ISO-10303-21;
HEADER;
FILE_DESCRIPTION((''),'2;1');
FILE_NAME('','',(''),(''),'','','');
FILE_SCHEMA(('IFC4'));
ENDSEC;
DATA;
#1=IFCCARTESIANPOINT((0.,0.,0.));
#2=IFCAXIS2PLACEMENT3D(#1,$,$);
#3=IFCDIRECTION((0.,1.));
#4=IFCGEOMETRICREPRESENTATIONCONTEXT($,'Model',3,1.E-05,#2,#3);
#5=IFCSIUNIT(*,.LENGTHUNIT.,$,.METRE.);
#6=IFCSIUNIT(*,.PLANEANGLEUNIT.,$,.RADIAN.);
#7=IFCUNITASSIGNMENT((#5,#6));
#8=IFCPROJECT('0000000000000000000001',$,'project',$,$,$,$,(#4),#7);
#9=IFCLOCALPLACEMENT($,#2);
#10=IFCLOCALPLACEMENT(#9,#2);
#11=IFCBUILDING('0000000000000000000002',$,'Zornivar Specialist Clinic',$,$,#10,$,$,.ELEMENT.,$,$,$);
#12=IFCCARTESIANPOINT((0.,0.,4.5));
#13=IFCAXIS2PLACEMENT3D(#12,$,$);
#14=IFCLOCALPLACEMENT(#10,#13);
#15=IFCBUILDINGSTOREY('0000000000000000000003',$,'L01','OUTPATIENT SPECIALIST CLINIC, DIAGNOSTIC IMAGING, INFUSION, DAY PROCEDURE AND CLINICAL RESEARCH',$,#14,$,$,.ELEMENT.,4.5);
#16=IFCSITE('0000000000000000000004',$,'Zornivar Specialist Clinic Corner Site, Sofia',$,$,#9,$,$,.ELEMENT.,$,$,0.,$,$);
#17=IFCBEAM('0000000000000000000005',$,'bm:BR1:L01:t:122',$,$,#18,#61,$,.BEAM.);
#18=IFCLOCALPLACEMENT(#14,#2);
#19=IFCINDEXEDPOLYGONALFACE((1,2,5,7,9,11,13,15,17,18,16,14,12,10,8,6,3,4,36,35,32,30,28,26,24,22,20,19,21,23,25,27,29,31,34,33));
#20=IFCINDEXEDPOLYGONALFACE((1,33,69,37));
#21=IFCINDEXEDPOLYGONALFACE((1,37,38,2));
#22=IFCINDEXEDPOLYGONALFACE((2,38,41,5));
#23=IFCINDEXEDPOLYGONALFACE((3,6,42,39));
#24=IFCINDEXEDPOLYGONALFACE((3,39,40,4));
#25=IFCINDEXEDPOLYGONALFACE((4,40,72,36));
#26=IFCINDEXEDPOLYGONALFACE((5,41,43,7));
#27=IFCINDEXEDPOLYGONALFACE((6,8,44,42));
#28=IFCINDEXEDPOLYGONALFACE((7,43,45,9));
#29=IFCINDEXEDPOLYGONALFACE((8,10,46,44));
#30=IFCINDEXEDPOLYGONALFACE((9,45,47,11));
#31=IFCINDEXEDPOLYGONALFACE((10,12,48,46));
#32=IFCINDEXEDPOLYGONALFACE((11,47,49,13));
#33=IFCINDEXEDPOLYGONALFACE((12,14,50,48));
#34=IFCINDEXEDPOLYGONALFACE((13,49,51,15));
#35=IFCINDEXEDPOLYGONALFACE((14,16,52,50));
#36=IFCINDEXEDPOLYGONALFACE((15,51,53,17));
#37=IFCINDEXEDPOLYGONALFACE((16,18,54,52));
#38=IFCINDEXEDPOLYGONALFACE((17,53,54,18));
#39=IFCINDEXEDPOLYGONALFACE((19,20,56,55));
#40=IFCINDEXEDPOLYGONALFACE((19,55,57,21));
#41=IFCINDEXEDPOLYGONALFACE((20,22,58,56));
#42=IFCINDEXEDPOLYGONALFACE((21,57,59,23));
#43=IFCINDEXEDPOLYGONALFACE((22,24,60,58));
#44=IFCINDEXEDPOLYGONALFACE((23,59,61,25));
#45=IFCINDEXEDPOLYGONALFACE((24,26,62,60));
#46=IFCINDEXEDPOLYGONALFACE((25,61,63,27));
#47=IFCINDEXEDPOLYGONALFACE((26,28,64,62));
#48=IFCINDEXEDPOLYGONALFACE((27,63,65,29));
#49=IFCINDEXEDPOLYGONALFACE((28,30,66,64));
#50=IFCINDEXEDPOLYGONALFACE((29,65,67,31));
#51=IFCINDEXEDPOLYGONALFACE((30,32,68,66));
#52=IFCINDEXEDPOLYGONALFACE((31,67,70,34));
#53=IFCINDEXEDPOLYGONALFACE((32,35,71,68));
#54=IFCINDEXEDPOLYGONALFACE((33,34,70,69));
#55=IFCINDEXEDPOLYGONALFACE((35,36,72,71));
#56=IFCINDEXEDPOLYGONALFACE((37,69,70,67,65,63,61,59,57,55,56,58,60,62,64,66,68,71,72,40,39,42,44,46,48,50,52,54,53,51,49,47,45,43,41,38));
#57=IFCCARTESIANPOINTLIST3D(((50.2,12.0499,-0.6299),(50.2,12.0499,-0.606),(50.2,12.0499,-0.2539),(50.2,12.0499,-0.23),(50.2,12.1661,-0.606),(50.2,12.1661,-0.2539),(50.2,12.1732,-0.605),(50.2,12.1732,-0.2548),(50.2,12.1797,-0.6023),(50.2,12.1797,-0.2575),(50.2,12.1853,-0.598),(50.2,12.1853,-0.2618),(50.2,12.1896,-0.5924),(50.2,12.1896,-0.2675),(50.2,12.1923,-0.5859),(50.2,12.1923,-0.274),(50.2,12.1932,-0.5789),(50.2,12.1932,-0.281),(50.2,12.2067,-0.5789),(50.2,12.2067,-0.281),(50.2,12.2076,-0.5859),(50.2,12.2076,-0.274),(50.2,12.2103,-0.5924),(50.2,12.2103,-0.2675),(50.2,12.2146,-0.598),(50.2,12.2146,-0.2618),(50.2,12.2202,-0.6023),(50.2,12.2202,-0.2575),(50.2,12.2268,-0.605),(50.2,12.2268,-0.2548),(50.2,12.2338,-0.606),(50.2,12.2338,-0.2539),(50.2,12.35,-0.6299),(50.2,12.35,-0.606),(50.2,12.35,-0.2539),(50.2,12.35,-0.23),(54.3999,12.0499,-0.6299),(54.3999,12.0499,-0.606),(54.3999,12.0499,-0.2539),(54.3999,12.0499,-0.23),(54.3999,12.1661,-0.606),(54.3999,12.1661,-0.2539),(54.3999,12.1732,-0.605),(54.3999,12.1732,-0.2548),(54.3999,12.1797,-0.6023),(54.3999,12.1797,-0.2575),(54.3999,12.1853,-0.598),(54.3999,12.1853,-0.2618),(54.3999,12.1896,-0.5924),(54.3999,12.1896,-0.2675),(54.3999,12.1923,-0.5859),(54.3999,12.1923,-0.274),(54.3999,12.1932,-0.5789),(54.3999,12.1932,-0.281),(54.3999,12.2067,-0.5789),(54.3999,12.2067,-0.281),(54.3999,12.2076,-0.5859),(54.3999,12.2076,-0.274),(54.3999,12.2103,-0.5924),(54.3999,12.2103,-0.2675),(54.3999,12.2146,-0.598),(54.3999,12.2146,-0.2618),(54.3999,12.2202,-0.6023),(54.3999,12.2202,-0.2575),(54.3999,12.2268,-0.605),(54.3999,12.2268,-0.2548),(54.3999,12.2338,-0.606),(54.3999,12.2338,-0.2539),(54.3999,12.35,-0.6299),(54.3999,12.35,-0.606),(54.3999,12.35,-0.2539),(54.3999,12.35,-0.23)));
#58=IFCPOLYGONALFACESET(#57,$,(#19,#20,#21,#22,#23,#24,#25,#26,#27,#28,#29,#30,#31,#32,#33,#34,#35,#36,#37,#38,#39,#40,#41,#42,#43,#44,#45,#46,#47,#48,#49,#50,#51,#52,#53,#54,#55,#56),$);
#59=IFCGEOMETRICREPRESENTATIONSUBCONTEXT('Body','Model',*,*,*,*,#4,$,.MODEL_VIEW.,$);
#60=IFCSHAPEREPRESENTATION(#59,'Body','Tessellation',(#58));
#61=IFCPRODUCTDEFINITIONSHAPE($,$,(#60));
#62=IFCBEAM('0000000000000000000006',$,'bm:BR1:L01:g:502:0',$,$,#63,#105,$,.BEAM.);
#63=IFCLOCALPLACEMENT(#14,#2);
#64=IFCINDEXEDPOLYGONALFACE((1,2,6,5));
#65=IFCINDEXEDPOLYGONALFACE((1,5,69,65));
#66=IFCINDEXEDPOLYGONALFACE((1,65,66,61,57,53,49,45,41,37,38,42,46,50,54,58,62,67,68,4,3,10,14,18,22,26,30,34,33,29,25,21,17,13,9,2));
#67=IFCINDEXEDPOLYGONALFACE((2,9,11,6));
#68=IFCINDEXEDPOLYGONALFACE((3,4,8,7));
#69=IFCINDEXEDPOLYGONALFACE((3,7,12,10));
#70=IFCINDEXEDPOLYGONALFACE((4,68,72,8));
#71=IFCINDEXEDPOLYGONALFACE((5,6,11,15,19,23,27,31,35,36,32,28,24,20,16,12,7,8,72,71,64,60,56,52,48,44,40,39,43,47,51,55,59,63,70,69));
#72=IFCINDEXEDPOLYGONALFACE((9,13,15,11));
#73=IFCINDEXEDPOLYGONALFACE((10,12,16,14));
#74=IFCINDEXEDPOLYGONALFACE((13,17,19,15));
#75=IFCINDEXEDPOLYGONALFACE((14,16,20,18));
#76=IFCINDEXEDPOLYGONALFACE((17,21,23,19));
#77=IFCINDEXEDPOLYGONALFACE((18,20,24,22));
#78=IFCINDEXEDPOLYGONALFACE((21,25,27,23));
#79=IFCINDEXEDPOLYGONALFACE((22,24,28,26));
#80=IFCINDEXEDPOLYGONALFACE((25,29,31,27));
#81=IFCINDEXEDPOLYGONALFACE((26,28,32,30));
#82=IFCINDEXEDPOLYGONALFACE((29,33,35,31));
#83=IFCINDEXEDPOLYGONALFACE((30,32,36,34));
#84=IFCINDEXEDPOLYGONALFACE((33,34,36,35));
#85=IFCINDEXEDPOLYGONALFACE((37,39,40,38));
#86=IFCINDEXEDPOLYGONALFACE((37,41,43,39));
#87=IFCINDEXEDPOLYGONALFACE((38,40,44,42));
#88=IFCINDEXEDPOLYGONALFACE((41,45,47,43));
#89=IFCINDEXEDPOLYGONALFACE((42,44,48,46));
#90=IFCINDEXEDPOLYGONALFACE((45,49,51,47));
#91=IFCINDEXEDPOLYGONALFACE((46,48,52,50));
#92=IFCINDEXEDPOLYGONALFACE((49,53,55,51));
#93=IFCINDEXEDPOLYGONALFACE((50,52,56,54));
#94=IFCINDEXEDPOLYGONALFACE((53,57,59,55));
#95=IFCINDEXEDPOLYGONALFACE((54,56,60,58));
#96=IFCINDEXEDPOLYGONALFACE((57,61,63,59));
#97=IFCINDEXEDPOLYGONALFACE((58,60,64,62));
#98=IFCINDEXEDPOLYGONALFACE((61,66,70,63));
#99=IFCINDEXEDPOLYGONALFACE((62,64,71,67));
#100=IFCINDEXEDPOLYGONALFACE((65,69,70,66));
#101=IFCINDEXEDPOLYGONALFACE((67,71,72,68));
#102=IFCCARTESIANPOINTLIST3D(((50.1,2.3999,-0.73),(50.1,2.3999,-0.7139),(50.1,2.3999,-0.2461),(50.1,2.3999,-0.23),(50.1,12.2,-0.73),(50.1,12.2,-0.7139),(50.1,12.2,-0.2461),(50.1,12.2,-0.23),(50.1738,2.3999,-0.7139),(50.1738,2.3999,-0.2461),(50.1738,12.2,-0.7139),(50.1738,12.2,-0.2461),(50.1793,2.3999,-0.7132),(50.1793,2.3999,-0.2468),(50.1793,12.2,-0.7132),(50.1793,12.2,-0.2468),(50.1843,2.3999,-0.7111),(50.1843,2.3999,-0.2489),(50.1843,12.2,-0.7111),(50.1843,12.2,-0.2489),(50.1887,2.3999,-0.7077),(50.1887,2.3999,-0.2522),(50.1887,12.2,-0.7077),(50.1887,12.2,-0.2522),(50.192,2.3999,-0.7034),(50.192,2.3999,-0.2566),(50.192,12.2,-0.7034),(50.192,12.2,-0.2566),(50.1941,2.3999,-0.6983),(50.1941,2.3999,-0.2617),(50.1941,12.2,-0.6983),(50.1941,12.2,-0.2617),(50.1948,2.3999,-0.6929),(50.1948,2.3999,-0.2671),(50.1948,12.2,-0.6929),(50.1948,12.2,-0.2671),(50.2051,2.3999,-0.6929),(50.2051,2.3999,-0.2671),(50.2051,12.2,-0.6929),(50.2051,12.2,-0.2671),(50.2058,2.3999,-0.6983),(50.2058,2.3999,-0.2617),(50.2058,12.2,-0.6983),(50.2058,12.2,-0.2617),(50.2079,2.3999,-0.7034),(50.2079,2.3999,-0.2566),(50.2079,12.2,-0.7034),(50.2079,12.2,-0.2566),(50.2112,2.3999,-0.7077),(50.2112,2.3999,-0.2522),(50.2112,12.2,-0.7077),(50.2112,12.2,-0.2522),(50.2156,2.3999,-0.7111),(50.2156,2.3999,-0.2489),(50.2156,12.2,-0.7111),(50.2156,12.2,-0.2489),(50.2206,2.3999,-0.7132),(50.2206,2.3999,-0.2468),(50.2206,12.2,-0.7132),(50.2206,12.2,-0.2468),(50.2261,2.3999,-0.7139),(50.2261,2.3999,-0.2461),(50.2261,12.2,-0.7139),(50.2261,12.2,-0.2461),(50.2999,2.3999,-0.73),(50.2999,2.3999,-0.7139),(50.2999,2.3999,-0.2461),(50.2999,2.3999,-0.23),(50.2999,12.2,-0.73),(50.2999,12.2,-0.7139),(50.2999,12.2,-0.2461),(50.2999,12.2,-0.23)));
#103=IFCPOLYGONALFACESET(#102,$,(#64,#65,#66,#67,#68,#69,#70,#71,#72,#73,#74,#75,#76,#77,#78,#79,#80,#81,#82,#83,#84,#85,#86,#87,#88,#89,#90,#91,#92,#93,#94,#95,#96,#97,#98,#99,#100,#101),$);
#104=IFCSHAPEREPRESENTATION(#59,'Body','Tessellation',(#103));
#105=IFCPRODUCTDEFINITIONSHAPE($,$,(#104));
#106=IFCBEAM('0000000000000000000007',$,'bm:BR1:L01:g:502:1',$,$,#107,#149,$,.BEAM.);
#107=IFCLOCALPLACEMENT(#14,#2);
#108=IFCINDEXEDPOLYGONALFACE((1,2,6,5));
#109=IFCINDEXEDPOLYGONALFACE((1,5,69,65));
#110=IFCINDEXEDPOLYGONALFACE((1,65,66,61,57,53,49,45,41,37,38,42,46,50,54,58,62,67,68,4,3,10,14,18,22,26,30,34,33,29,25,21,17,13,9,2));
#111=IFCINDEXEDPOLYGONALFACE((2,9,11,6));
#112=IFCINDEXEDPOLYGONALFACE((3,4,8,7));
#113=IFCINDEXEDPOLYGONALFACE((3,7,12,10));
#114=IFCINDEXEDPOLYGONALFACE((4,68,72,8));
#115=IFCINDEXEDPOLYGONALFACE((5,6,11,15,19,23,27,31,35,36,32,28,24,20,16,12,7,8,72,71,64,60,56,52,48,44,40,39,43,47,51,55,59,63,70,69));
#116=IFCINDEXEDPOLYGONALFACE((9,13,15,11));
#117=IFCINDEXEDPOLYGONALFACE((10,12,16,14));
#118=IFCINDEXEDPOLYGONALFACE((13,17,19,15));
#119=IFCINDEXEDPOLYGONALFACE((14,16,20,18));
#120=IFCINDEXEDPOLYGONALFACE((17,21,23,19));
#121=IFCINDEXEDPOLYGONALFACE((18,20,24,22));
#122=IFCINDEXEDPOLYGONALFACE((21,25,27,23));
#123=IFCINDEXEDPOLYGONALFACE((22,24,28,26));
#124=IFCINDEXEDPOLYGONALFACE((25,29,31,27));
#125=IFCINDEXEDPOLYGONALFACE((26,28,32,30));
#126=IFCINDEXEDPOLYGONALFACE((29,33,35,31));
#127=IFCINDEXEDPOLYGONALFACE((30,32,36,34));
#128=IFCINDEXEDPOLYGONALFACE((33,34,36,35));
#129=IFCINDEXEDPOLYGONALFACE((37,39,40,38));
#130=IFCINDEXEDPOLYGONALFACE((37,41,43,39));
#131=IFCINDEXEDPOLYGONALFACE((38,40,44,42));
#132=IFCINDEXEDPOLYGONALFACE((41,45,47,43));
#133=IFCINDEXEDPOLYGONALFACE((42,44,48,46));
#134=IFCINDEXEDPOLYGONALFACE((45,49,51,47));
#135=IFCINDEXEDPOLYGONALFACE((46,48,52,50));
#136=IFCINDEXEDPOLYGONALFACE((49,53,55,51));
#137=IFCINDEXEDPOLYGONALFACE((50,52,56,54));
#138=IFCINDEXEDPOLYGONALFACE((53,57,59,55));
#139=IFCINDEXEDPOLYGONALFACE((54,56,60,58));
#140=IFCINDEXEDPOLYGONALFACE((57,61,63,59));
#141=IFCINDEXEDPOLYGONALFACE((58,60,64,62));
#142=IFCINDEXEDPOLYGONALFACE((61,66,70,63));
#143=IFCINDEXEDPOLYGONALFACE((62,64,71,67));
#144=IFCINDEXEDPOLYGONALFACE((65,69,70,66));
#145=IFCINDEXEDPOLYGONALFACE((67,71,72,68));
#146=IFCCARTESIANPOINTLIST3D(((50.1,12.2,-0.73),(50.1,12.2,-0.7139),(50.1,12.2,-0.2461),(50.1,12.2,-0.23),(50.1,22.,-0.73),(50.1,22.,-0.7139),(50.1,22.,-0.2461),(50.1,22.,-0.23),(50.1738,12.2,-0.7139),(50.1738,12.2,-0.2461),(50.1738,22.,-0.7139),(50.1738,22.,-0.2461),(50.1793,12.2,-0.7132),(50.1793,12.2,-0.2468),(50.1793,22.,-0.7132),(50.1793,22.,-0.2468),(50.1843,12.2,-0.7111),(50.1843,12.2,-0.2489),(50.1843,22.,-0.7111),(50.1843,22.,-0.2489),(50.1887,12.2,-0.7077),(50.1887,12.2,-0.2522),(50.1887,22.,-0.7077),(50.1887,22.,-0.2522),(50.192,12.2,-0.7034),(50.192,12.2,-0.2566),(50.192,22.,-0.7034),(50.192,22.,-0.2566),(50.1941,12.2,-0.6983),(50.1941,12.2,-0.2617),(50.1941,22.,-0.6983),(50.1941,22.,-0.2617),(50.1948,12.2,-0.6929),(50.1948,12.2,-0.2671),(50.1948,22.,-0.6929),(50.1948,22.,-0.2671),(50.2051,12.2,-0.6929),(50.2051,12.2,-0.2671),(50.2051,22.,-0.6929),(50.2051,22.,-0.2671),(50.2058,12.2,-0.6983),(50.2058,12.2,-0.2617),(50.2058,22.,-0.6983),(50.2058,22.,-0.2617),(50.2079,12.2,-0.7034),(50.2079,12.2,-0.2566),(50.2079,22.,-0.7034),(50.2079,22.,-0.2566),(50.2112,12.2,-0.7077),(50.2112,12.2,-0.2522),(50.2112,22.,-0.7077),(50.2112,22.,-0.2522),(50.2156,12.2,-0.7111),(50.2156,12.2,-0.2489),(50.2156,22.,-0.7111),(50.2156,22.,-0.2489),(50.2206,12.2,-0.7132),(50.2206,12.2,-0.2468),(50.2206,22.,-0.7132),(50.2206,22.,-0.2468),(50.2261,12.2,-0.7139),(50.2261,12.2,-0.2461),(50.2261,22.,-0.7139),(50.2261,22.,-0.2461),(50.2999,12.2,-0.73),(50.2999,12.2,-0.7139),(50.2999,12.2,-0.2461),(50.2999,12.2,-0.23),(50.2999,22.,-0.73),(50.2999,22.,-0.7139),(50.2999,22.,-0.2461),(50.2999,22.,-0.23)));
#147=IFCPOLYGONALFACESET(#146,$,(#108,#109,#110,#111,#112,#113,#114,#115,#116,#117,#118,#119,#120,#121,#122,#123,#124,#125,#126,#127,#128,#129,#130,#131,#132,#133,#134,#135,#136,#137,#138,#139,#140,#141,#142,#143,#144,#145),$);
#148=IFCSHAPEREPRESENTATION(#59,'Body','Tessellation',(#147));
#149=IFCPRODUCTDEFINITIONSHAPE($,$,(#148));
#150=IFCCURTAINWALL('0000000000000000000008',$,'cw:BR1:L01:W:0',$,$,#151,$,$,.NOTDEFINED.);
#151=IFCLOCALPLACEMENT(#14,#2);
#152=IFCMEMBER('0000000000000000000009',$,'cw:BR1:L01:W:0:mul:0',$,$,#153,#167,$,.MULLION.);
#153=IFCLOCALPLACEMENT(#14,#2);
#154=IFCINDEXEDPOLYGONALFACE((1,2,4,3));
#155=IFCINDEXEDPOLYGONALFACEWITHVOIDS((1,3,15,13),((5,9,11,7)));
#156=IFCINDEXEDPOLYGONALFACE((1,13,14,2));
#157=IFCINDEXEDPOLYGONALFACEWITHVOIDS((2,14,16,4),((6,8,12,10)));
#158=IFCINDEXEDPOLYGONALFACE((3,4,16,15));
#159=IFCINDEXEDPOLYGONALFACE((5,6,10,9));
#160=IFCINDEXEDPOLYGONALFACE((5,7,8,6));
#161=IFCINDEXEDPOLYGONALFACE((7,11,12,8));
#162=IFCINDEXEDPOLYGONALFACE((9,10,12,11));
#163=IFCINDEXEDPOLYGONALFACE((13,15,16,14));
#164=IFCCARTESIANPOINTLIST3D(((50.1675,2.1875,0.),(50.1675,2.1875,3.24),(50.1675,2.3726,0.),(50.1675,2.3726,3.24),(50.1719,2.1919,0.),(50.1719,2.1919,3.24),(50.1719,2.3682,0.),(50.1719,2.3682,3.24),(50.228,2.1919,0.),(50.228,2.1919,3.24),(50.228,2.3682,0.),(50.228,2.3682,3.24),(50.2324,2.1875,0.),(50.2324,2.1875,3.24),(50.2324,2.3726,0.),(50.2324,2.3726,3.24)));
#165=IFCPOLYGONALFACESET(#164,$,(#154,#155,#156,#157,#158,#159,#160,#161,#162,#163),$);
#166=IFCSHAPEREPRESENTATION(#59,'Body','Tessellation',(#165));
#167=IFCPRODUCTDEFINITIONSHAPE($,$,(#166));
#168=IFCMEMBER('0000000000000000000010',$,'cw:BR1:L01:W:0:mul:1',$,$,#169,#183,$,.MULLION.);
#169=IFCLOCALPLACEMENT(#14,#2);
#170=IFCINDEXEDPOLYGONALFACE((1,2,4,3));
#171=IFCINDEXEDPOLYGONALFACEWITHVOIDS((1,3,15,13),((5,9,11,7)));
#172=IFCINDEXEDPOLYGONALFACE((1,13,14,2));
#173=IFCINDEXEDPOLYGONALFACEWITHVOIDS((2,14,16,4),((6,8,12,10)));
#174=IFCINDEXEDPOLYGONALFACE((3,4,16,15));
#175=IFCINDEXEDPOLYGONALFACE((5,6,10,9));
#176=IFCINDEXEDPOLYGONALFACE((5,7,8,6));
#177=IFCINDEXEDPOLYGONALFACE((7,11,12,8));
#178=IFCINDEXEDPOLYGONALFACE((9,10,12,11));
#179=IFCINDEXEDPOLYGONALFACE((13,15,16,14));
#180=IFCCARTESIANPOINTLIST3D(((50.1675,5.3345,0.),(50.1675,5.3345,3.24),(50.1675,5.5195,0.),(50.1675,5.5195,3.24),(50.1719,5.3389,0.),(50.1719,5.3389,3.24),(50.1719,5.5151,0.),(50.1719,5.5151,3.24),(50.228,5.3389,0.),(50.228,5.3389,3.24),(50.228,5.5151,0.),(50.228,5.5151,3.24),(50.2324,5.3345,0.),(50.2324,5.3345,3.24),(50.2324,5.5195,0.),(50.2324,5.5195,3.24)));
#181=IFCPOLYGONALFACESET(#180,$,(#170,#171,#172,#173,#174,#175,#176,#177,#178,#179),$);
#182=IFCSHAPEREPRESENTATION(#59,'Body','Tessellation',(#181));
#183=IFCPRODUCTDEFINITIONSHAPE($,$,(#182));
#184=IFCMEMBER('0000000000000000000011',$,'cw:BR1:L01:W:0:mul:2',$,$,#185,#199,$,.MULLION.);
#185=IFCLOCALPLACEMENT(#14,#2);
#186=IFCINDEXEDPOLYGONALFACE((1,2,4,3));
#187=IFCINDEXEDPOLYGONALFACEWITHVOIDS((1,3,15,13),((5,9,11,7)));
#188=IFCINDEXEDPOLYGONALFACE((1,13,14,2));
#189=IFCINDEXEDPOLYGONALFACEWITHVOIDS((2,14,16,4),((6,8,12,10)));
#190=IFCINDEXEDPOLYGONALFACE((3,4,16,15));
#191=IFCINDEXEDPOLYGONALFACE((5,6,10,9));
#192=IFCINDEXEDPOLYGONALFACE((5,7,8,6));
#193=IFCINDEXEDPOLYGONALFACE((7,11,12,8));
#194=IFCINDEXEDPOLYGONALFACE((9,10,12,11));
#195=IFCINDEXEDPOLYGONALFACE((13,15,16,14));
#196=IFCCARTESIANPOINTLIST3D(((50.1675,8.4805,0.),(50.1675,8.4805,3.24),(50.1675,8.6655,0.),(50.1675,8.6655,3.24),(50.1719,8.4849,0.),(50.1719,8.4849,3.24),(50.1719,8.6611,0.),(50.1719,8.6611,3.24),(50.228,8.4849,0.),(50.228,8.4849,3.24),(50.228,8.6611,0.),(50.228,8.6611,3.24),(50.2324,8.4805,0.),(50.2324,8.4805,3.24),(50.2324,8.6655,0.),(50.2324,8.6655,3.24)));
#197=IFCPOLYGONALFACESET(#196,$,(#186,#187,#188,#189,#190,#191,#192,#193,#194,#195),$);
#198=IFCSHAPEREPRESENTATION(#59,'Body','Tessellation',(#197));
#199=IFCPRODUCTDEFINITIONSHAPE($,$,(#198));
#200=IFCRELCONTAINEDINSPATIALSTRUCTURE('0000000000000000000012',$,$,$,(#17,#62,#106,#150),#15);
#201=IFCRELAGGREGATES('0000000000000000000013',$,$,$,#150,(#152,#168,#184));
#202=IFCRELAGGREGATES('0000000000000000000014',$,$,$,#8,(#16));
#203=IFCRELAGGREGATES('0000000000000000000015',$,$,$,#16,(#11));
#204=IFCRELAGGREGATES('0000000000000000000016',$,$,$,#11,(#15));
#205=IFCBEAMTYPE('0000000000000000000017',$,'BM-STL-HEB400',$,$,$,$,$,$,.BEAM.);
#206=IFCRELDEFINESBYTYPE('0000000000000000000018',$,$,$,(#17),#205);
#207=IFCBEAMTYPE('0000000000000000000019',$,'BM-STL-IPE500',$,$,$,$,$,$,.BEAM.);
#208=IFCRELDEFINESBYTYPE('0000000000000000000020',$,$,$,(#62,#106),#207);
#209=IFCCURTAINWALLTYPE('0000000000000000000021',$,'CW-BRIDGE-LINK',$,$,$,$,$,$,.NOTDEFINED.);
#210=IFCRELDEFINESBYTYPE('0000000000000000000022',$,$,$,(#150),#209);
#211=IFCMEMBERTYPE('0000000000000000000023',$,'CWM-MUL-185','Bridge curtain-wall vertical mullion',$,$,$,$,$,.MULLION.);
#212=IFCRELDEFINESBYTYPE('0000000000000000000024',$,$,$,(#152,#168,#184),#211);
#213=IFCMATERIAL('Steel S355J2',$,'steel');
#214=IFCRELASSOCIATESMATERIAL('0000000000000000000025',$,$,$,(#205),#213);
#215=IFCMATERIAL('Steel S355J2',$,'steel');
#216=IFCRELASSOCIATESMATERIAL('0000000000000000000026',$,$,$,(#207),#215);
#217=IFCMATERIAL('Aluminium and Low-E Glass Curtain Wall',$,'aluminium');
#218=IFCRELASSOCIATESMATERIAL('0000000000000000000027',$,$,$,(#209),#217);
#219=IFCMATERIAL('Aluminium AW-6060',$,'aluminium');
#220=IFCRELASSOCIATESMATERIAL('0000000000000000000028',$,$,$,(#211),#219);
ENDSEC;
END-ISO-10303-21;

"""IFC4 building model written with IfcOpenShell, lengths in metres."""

from ifc_helpers import new_model, si_unit, direction, frame, origin, origin_2d, place, context, subcontext, project, spatial, hollow_rectangle, i_section, extrude, material, material_profile, profile_set, type_object, element, aggregate, save


model = new_model("IFC4")

# Units and contexts
model_context = context("Model", 3, precision=1e-05, world=origin(), true_north=direction((0.0, 1.0)))
body_context = subcontext(model_context, "Body", "Model", "MODEL_VIEW")
ifc_project = project(units=[si_unit("LENGTHUNIT", "METRE"), si_unit("PLANEANGLEUNIT", "RADIAN")], contexts=[model_context])

# Site, building, storey
site_placement = place(None, origin())
site = spatial("IfcSite", under=ifc_project, at=site_placement, Name="Zornivar Specialist Clinic Corner Site, Sofia", CompositionType="ELEMENT", RefElevation=0.0)
building_placement = place(site_placement, origin())
building = spatial("IfcBuilding", under=site, at=building_placement, Name="Zornivar Specialist Clinic", CompositionType="ELEMENT")
storey_placement = place(building_placement, frame((0.0, 0.0, 4.5)))
storey = spatial("IfcBuildingStorey", under=building, at=storey_placement, Name="L01", Description="OUTPATIENT SPECIALIST CLINIC, DIAGNOSTIC IMAGING, INFUSION, DAY PROCEDURE AND CLINICAL RESEARCH", CompositionType="ELEMENT", Elevation=4.5)

# Beams
ifc_material_1 = material(Name="Steel S355J2", Category="steel")
ifc_material_profile_1 = material_profile(ifc_material_1, i_section(OverallWidth=0.3, OverallDepth=0.3999, WebThickness=0.0134, FlangeThickness=0.0239, FilletRadius=0.0271, at=origin_2d()), Name="HEB 400")
ifc_profile_set_1 = profile_set([ifc_material_profile_1], Name="Steel S355J2")
beam_type_1 = type_object("IfcBeamType", Name="BM-STL-HEB400", PredefinedType="BEAM", material=ifc_profile_set_1)
for number, where, z_axis, x_axis, name in (
    (1, (50.2, 12.2, -0.4299), (1.0, 0.0, 0.0), (0.0, 1.0, 0.0), "bm:BR1:L01:t:122"),
):
    element("IfcBeam", number, at=place(storey_placement, frame(where, z_axis=z_axis, x_axis=x_axis)), inside=storey, type_object=beam_type_1, Name=name, PredefinedType="BEAM", context=body_context, shape_type="SweptSolid", body=[
        extrude(i_section(OverallWidth=0.3, OverallDepth=0.3999, WebThickness=0.0134, FlangeThickness=0.0239, FilletRadius=0.0271, at=origin_2d()), origin(), (0.0, 0.0, 1.0), 4.2),
    ])
ifc_material_2 = material(Name="Steel S355J2", Category="steel")
ifc_material_profile_2 = material_profile(ifc_material_2, i_section(OverallWidth=0.2, OverallDepth=0.5, WebThickness=0.0103, FlangeThickness=0.0161, FilletRadius=0.021, at=origin_2d()), Name="IPE 500")
ifc_profile_set_2 = profile_set([ifc_material_profile_2], Name="Steel S355J2")
beam_type_2 = type_object("IfcBeamType", Name="BM-STL-IPE500", PredefinedType="BEAM", material=ifc_profile_set_2)
for number, where, z_axis, x_axis, name in (
    (2, (50.2, 2.3999, -0.48), (0.0, 1.0, 0.0), (-1.0, 0.0, 0.0), "bm:BR1:L01:g:502:0"),
    (3, (50.2, 12.2, -0.48), (0.0, 1.0, 0.0), (-1.0, 0.0, 0.0), "bm:BR1:L01:g:502:1"),
):
    element("IfcBeam", number, at=place(storey_placement, frame(where, z_axis=z_axis, x_axis=x_axis)), inside=storey, type_object=beam_type_2, Name=name, PredefinedType="BEAM", context=body_context, shape_type="SweptSolid", body=[
        extrude(i_section(OverallWidth=0.2, OverallDepth=0.5, WebThickness=0.0103, FlangeThickness=0.0161, FilletRadius=0.021, at=origin_2d()), origin(), (0.0, 0.0, 1.0), 9.8),
    ])

# Curtain wall, members
ifc_material_3 = material(Name="Aluminium and Low-E Glass Curtain Wall", Category="aluminium")
curtain_wall_type = type_object("IfcCurtainWallType", Name="CW-BRIDGE-LINK", PredefinedType="NOTDEFINED", material=ifc_material_3)
curtain_wall_1_placement = place(storey_placement, origin())
curtain_wall_1 = element("IfcCurtainWall", 4, at=curtain_wall_1_placement, inside=storey, type_object=curtain_wall_type, Name="cw:BR1:L01:W:0", PredefinedType="NOTDEFINED")
ifc_material_4 = material(Name="Aluminium AW-6060", Category="aluminium")
ifc_material_profile_3 = material_profile(ifc_material_4, hollow_rectangle(XDim=0.0649, YDim=0.1851, WallThickness=0.0044, at=origin_2d()), Name="ALU 65x185x4.5")
ifc_profile_set_3 = profile_set([ifc_material_profile_3], Name="Aluminium AW-6060")
member_type_1 = type_object("IfcMemberType", Name="CWM-MUL-185", Description="Bridge curtain-wall vertical mullion", PredefinedType="MULLION", material=ifc_profile_set_3)
member_1_placement = place(storey_placement, frame((50.2, 2.28, 0.0), z_axis=(0.0, 0.0, 1.0), x_axis=(1.0, 0.0, 0.0)))
member_1 = element("IfcMember", 5, at=member_1_placement, type_object=member_type_1, Name="cw:BR1:L01:W:0:mul:0", PredefinedType="MULLION", context=body_context, shape_type="SweptSolid", body=[
    extrude(hollow_rectangle(XDim=0.0649, YDim=0.1851, WallThickness=0.0044, at=origin_2d()), origin(), (0.0, 0.0, 1.0), 3.24),
])
member_2_placement = place(storey_placement, frame((50.2, 5.427, 0.0), z_axis=(0.0, 0.0, 1.0), x_axis=(1.0, 0.0, 0.0)))
member_2 = element("IfcMember", 6, at=member_2_placement, type_object=member_type_1, Name="cw:BR1:L01:W:0:mul:1", PredefinedType="MULLION", context=body_context, shape_type="SweptSolid", body=[
    extrude(hollow_rectangle(XDim=0.0649, YDim=0.1851, WallThickness=0.0044, at=origin_2d()), origin(), (0.0, 0.0, 1.0), 3.24),
])
member_3_placement = place(storey_placement, frame((50.2, 8.573, 0.0), z_axis=(0.0, 0.0, 1.0), x_axis=(1.0, 0.0, 0.0)))
member_3 = element("IfcMember", 7, at=member_3_placement, type_object=member_type_1, Name="cw:BR1:L01:W:0:mul:2", PredefinedType="MULLION", context=body_context, shape_type="SweptSolid", body=[
    extrude(hollow_rectangle(XDim=0.0649, YDim=0.1851, WallThickness=0.0044, at=origin_2d()), origin(), (0.0, 0.0, 1.0), 3.24),
])

aggregate(curtain_wall_1, [member_1, member_2, member_3])

save(model, "model.ifc")
